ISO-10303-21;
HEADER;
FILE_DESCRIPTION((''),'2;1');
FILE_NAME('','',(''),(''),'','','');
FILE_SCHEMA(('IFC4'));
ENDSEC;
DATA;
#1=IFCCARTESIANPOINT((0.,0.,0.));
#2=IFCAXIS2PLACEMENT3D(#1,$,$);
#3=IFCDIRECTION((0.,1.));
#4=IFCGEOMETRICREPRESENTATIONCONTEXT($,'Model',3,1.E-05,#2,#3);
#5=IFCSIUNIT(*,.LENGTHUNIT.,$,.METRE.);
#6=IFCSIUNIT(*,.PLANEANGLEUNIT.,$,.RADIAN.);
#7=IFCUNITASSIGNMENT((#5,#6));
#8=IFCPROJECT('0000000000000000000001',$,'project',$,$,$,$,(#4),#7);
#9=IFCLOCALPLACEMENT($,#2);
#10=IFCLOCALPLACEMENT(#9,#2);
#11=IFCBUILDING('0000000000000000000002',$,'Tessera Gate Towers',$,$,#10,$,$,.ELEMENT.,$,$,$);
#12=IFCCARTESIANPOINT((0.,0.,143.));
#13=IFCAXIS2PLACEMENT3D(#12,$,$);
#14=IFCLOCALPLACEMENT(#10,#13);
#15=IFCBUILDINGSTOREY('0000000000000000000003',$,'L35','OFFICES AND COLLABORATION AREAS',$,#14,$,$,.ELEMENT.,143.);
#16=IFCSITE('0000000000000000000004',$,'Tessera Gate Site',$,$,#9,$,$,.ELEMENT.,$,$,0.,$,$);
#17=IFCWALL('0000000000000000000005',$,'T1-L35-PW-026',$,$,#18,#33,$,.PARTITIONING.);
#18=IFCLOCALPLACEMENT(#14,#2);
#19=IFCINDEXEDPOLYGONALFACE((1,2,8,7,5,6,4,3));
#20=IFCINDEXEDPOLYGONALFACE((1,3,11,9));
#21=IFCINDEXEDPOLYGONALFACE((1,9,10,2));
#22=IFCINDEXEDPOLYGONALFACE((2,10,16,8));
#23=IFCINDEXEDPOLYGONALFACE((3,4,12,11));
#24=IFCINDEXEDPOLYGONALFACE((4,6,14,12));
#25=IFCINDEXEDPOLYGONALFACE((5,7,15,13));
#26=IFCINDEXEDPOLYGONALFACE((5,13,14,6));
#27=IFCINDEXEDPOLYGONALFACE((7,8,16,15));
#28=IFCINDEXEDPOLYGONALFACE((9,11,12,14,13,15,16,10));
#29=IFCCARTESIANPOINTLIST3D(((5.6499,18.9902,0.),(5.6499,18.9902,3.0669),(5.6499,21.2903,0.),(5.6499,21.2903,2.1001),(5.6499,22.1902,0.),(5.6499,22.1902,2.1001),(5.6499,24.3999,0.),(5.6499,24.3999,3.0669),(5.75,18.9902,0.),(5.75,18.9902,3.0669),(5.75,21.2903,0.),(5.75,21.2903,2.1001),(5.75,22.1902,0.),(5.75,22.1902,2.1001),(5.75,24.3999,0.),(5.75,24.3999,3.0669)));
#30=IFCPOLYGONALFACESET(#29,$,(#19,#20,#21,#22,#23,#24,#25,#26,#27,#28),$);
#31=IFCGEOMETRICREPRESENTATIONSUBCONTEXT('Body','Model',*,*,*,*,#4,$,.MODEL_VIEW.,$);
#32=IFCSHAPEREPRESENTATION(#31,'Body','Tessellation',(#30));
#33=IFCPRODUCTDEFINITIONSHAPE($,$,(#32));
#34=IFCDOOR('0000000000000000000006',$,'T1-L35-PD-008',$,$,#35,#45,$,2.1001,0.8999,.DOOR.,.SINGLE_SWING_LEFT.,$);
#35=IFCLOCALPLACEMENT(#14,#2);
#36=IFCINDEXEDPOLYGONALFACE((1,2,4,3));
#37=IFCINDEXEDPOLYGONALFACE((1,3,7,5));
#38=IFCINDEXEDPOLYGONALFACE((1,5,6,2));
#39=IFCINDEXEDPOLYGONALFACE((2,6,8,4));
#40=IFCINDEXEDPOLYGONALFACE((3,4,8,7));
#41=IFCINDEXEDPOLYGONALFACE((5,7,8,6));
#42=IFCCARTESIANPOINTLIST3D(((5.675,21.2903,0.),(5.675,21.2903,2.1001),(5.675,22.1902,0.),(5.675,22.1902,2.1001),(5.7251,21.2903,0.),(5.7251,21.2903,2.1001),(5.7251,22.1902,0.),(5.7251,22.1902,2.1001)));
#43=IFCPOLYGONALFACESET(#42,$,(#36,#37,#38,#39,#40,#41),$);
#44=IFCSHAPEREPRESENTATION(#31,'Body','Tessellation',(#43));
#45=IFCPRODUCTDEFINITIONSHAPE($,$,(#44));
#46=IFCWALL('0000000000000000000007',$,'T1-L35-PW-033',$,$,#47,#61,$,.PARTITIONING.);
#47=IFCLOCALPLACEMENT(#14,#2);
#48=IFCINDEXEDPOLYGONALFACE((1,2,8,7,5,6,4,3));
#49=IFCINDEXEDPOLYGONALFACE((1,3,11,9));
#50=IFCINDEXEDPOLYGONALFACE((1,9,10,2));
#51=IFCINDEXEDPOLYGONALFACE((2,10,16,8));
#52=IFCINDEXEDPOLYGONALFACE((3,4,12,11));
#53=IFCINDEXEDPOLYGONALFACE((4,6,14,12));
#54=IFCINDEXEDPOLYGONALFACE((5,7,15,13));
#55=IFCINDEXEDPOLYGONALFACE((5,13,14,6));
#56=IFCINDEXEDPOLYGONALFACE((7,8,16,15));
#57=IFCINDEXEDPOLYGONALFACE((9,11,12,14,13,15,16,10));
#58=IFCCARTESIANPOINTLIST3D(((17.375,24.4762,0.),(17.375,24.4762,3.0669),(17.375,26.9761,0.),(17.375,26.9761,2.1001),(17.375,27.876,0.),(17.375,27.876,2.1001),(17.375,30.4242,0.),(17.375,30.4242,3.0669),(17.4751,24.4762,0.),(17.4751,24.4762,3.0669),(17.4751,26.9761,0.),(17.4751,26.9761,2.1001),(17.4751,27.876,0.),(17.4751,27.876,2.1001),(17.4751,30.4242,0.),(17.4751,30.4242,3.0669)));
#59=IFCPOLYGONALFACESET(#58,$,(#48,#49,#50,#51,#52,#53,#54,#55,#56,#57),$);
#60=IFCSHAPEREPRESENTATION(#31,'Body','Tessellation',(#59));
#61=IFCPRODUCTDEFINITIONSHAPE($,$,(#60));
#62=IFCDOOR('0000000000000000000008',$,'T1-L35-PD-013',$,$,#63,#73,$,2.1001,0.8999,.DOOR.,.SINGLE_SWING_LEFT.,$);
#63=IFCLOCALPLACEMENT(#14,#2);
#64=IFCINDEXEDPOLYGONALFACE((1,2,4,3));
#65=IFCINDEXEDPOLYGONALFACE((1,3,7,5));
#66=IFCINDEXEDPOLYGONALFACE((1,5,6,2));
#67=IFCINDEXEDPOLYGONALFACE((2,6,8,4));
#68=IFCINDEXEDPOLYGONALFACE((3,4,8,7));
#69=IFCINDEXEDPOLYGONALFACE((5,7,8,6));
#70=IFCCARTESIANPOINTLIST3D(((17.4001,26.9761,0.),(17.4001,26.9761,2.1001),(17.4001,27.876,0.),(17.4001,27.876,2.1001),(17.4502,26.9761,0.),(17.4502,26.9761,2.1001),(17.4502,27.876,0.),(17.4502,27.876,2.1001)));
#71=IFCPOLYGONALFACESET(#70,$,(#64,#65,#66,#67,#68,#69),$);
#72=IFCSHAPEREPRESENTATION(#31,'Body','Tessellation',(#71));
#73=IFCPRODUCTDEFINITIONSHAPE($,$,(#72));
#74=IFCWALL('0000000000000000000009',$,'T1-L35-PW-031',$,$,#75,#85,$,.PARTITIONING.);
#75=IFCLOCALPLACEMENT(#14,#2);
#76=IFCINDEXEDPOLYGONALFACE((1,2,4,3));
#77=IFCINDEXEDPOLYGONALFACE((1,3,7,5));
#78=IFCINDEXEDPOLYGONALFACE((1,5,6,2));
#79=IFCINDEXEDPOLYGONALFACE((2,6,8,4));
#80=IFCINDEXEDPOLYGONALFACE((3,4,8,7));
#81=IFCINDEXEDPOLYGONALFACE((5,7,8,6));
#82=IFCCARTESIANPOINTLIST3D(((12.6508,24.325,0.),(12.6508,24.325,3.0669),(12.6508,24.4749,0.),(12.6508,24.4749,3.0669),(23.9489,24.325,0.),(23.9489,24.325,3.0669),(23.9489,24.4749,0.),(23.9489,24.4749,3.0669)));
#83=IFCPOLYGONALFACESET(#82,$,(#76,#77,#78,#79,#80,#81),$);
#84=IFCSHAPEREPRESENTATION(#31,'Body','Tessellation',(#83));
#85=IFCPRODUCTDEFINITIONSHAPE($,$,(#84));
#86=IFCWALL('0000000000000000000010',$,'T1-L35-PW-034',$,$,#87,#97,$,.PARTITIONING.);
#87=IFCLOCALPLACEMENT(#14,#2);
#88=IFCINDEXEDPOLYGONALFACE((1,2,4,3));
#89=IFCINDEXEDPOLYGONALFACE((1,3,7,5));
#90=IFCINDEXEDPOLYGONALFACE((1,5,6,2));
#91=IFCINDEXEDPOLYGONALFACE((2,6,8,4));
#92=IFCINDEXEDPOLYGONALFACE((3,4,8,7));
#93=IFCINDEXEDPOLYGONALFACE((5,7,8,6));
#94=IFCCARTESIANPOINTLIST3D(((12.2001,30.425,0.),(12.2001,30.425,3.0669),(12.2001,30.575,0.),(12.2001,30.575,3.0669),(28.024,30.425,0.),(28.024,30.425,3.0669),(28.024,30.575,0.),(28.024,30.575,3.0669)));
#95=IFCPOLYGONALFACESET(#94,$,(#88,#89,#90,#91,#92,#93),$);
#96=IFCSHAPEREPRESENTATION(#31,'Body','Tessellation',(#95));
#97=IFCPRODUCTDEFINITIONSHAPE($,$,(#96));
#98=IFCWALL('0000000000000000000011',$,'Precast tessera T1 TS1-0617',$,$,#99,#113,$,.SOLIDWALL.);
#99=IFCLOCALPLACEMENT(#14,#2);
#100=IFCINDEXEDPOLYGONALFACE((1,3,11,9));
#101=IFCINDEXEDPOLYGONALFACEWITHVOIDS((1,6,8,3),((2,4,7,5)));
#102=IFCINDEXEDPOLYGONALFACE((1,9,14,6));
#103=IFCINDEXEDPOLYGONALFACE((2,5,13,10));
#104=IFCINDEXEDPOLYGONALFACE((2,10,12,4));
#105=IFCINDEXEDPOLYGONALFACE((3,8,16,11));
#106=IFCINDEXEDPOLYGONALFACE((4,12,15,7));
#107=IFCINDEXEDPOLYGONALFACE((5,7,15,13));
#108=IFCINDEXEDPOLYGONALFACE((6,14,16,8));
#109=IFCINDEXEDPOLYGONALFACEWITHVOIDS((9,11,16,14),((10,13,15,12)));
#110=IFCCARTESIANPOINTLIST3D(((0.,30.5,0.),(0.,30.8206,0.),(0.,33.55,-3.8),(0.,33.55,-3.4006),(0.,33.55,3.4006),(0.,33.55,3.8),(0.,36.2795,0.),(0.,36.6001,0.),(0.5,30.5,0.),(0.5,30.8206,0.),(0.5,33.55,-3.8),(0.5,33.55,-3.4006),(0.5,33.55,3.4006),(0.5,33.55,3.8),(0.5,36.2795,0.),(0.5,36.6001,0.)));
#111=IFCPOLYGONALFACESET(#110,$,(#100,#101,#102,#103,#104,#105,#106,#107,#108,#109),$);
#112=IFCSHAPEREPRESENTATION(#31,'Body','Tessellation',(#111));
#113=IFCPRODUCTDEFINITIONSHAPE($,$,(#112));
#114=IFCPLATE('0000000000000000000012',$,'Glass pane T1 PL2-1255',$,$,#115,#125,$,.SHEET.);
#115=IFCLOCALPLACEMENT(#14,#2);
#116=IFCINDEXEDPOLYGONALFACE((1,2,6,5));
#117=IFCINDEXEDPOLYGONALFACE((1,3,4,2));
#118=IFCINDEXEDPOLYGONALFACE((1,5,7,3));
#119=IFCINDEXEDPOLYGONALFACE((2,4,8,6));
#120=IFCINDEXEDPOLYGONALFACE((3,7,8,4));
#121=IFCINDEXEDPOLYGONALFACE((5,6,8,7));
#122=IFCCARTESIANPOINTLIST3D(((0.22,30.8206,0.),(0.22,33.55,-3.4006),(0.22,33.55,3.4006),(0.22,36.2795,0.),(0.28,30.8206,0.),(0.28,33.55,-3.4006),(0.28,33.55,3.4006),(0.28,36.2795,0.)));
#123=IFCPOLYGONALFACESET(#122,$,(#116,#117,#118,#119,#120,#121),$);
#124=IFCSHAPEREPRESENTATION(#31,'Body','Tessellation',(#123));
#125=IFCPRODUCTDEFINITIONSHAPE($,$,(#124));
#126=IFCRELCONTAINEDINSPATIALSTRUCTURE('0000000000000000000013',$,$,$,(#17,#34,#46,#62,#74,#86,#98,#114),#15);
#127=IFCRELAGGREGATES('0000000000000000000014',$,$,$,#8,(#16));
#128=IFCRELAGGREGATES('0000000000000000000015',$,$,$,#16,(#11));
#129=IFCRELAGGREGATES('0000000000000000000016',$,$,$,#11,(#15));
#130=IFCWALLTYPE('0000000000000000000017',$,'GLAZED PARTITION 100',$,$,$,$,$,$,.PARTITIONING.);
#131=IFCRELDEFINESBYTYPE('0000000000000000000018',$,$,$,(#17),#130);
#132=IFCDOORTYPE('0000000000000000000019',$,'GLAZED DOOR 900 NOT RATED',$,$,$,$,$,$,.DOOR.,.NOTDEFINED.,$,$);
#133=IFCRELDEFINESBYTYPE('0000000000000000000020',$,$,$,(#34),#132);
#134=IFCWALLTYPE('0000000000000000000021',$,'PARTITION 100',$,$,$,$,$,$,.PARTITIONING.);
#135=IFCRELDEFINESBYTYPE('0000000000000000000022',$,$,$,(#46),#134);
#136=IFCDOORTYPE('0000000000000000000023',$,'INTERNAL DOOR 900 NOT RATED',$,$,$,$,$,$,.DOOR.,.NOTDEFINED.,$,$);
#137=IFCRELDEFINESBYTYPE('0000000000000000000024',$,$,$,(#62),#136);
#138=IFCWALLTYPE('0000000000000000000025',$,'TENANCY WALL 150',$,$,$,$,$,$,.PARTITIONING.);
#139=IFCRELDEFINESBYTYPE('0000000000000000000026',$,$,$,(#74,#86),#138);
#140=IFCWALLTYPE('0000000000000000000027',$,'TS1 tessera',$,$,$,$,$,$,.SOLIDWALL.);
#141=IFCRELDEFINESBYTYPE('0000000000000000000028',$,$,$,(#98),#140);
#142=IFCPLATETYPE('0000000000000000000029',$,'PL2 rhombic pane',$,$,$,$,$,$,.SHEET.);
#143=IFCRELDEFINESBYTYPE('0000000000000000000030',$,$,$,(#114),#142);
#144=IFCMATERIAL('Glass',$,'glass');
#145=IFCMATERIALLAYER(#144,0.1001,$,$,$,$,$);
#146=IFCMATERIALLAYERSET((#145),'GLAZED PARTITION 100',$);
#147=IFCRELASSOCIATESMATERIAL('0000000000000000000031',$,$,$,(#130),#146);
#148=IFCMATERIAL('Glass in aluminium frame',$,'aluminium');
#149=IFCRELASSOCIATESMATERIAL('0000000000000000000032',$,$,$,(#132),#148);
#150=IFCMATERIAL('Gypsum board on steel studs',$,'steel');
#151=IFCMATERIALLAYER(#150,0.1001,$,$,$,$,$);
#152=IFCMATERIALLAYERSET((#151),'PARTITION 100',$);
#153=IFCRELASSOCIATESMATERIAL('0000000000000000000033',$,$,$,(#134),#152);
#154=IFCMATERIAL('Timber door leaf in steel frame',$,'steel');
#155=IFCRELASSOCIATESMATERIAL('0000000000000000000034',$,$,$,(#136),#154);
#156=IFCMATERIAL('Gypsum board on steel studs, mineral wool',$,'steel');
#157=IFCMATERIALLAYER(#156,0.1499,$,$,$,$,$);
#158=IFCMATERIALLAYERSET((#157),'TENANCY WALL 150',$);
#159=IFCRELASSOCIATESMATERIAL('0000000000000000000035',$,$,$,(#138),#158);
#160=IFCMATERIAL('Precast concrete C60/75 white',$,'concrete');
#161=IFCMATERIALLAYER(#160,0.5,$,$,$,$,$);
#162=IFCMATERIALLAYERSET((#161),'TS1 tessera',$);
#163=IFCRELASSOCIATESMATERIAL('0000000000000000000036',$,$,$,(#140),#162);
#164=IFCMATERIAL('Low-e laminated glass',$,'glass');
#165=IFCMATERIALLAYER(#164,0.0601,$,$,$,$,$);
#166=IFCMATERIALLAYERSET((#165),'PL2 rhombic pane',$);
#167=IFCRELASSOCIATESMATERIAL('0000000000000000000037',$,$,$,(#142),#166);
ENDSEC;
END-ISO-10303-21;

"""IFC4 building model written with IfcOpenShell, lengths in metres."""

from ifc_helpers import new_model, si_unit, direction, frame, frame_2d, origin, place, context, subcontext, project, spatial, polyline, rectangle, outline, extrude, source, transform, mapped, material, layer, layer_set, type_object, element, fill, save


model = new_model("IFC4")

# Units and contexts
model_context = context("Model", 3, precision=1e-05, world=origin(), true_north=direction((0.0, 1.0)))
body_context = subcontext(model_context, "Body", "Model", "MODEL_VIEW")
ifc_project = project(units=[si_unit("LENGTHUNIT", "METRE"), si_unit("PLANEANGLEUNIT", "RADIAN")], contexts=[model_context])

# Site, building, storey
site_placement = place(None, origin())
site = spatial("IfcSite", under=ifc_project, at=site_placement, Name="Tessera Gate Site", CompositionType="ELEMENT", RefElevation=0.0)
building_placement = place(site_placement, origin())
building = spatial("IfcBuilding", under=site, at=building_placement, Name="Tessera Gate Towers", CompositionType="ELEMENT")
storey_placement = place(building_placement, frame((0.0, 0.0, 143.0)))
storey = spatial("IfcBuildingStorey", under=building, at=storey_placement, Name="L35", Description="OFFICES AND COLLABORATION AREAS", CompositionType="ELEMENT", Elevation=143.0)

# Walls, openings, doors
ifc_material_1 = material(Name="Glass", Category="glass")
ifc_layer_1 = layer(ifc_material_1, 0.1001)
ifc_layer_set_1 = layer_set([ifc_layer_1], Name="GLAZED PARTITION 100")
wall_type_1 = type_object("IfcWallType", Name="GLAZED PARTITION 100", PredefinedType="PARTITIONING", material=ifc_layer_set_1)
wall_1_placement = place(storey_placement, frame((5.7, 18.9902, 0.0), z_axis=(0.0, 0.0, 1.0), x_axis=(0.0, 1.0, 0.0)))
wall_1 = element("IfcWall", 1, at=wall_1_placement, inside=storey, type_object=wall_type_1, Name="T1-L35-PW-026", PredefinedType="PARTITIONING", context=body_context, shape_type="SweptSolid", body=[
    extrude(rectangle(XDim=5.4097, YDim=0.1001, at=frame_2d((2.7048, 0.0))), origin(), (0.0, 0.0, 1.0), 3.0669),
])
shared_shape_1 = source(origin(), body_context, "Body", "SweptSolid", [
    extrude(rectangle(XDim=0.8999, YDim=2.1001, at=frame_2d((0.45, 1.05))), frame((0.0, 0.0601, 0.0), z_axis=(0.0, -1.0, 0.0), x_axis=(1.0, 0.0, 0.0)), (0.0, 0.0, 1.0), 0.1201),
])
opening_1_placement = place(wall_1_placement, frame((2.3, 0.0, 0.0)))
opening_1 = element("IfcOpeningElement", 2, at=opening_1_placement, cuts=wall_1, PredefinedType="OPENING", context=body_context, shape_type="MappedRepresentation", body=[
    mapped(shared_shape_1, transform((0.0, 0.0, 0.0), scale=1.0)),
])
ifc_material_2 = material(Name="Glass in aluminium frame", Category="aluminium")
door_type_1 = type_object("IfcDoorType", Name="GLAZED DOOR 900 NOT RATED", OperationType="NOTDEFINED", PredefinedType="DOOR", material=ifc_material_2)
shared_shape_2 = source(origin(), body_context, "Body", "SweptSolid", [
    extrude(rectangle(XDim=0.8999, YDim=2.1001, at=frame_2d((0.45, 1.05))), frame((0.0, 0.0249, 0.0), z_axis=(0.0, -1.0, 0.0), x_axis=(1.0, 0.0, 0.0)), (0.0, 0.0, 1.0), 0.05),
])
door_1_placement = place(opening_1_placement, origin())
door_1 = element("IfcDoor", 3, at=door_1_placement, inside=storey, type_object=door_type_1, Name="T1-L35-PD-008", OperationType="SINGLE_SWING_LEFT", OverallHeight=2.1001, OverallWidth=0.8999, PredefinedType="DOOR", context=body_context, shape_type="MappedRepresentation", body=[
    mapped(shared_shape_2, transform((0.0, 0.0, 0.0), scale=1.0)),
])
fill(opening_1, door_1)
ifc_material_3 = material(Name="Gypsum board on steel studs", Category="steel")
ifc_layer_2 = layer(ifc_material_3, 0.1001)
ifc_layer_set_2 = layer_set([ifc_layer_2], Name="PARTITION 100")
wall_type_2 = type_object("IfcWallType", Name="PARTITION 100", PredefinedType="PARTITIONING", material=ifc_layer_set_2)
wall_2_placement = place(storey_placement, frame((17.425, 24.4761, 0.0), z_axis=(0.0, 0.0, 1.0), x_axis=(0.0, 1.0, 0.0)))
wall_2 = element("IfcWall", 4, at=wall_2_placement, inside=storey, type_object=wall_type_2, Name="T1-L35-PW-033", PredefinedType="PARTITIONING", context=body_context, shape_type="SweptSolid", body=[
    extrude(rectangle(XDim=5.948, YDim=0.1001, at=frame_2d((2.9741, 0.0))), origin(), (0.0, 0.0, 1.0), 3.0669),
])
opening_2_placement = place(wall_2_placement, frame((2.5, 0.0, 0.0)))
opening_2 = element("IfcOpeningElement", 5, at=opening_2_placement, cuts=wall_2, PredefinedType="OPENING", context=body_context, shape_type="MappedRepresentation", body=[
    mapped(shared_shape_1, transform((0.0, 0.0, 0.0), scale=1.0)),
])
ifc_material_4 = material(Name="Timber door leaf in steel frame", Category="steel")
door_type_2 = type_object("IfcDoorType", Name="INTERNAL DOOR 900 NOT RATED", OperationType="NOTDEFINED", PredefinedType="DOOR", material=ifc_material_4)
door_2_placement = place(opening_2_placement, origin())
door_2 = element("IfcDoor", 6, at=door_2_placement, inside=storey, type_object=door_type_2, Name="T1-L35-PD-013", OperationType="SINGLE_SWING_LEFT", OverallHeight=2.1001, OverallWidth=0.8999, PredefinedType="DOOR", context=body_context, shape_type="MappedRepresentation", body=[
    mapped(shared_shape_2, transform((0.0, 0.0, 0.0), scale=1.0)),
])
fill(opening_2, door_2)

# Walls
ifc_material_5 = material(Name="Gypsum board on steel studs, mineral wool", Category="steel")
ifc_layer_3 = layer(ifc_material_5, 0.1499)
ifc_layer_set_3 = layer_set([ifc_layer_3], Name="TENANCY WALL 150")
wall_type_3 = type_object("IfcWallType", Name="TENANCY WALL 150", PredefinedType="PARTITIONING", material=ifc_layer_set_3)
wall_3_placement = place(storey_placement, frame((12.6509, 24.3999, 0.0), z_axis=(0.0, 0.0, 1.0), x_axis=(1.0, 0.0, 0.0)))
element("IfcWall", 7, at=wall_3_placement, inside=storey, type_object=wall_type_3, Name="T1-L35-PW-031", PredefinedType="PARTITIONING", context=body_context, shape_type="SweptSolid", body=[
    extrude(rectangle(XDim=11.2981, YDim=0.1499, at=frame_2d((5.6489, 0.0))), origin(), (0.0, 0.0, 1.0), 3.0669),
])
wall_4_placement = place(storey_placement, frame((12.2, 30.5, 0.0), z_axis=(0.0, 0.0, 1.0), x_axis=(1.0, 0.0, 0.0)))
element("IfcWall", 8, at=wall_4_placement, inside=storey, type_object=wall_type_3, Name="T1-L35-PW-034", PredefinedType="PARTITIONING", context=body_context, shape_type="SweptSolid", body=[
    extrude(rectangle(XDim=15.824, YDim=0.1499, at=frame_2d((7.9121, 0.0))), origin(), (0.0, 0.0, 1.0), 3.0669),
])

# Wall, opening, plate
ifc_material_6 = material(Name="Precast concrete C60/75 white", Category="concrete")
ifc_layer_4 = layer(ifc_material_6, 0.5)
ifc_layer_set_4 = layer_set([ifc_layer_4], Name="TS1 tessera")
wall_type_4 = type_object("IfcWallType", Name="TS1 tessera", PredefinedType="SOLIDWALL", material=ifc_layer_set_4)
shared_shape_3 = source(origin(), body_context, "Body", "SweptSolid", [
    extrude(outline(polyline([(3.05, 0.0), (6.1001, 3.8), (3.05, 7.6001), (0.0, 3.8), (3.05, 0.0)])), frame((0.0, 0.25, 0.0), z_axis=(0.0, -1.0, 0.0), x_axis=(1.0, 0.0, 0.0)), (0.0, 0.0, 1.0), 0.5),
])
wall_5_placement = place(storey_placement, frame((0.25, 36.6001, -3.8), z_axis=(0.0, 0.0, 1.0), x_axis=(0.0, -1.0, 0.0)))
wall_5 = element("IfcWall", 9, at=wall_5_placement, inside=storey, type_object=wall_type_4, Name="Precast tessera T1 TS1-0617", PredefinedType="SOLIDWALL", context=body_context, shape_type="MappedRepresentation", body=[
    mapped(shared_shape_3, transform((0.0, 0.0, 0.0), scale=1.0)),
])
shared_shape_4 = source(origin(), body_context, "Body", "SweptSolid", [
    extrude(outline(polyline([(3.05, 0.3994), (5.7795, 3.8), (3.05, 7.2007), (0.3206, 3.8), (3.05, 0.3994)])), frame((0.0, 0.26, 0.0), z_axis=(0.0, -1.0, 0.0), x_axis=(1.0, 0.0, 0.0)), (0.0, 0.0, 1.0), 0.52),
])
opening_3_placement = place(wall_5_placement, origin())
opening_3 = element("IfcOpeningElement", 10, at=opening_3_placement, cuts=wall_5, PredefinedType="OPENING", context=body_context, shape_type="MappedRepresentation", body=[
    mapped(shared_shape_4, transform((0.0, 0.0, 0.0), scale=1.0)),
])
ifc_material_7 = material(Name="Low-e laminated glass", Category="glass")
ifc_layer_5 = layer(ifc_material_7, 0.0601)
ifc_layer_set_5 = layer_set([ifc_layer_5], Name="PL2 rhombic pane")
plate_type = type_object("IfcPlateType", Name="PL2 rhombic pane", PredefinedType="SHEET", material=ifc_layer_set_5)
shared_shape_5 = source(origin(), body_context, "Body", "SweptSolid", [
    extrude(outline(polyline([(3.05, 0.3994), (5.7795, 3.8), (3.05, 7.2007), (0.3206, 3.8), (3.05, 0.3994)])), frame((0.0, 0.03, 0.0), z_axis=(0.0, -1.0, 0.0), x_axis=(1.0, 0.0, 0.0)), (0.0, 0.0, 1.0), 0.0601),
])
plate_placement = place(opening_3_placement, origin())
plate = element("IfcPlate", 11, at=plate_placement, inside=storey, type_object=plate_type, Name="Glass pane T1 PL2-1255", PredefinedType="SHEET", context=body_context, shape_type="MappedRepresentation", body=[
    mapped(shared_shape_5, transform((0.0, 0.0, 0.0), scale=1.0)),
])
fill(opening_3, plate)

save(model, "model.ifc")
